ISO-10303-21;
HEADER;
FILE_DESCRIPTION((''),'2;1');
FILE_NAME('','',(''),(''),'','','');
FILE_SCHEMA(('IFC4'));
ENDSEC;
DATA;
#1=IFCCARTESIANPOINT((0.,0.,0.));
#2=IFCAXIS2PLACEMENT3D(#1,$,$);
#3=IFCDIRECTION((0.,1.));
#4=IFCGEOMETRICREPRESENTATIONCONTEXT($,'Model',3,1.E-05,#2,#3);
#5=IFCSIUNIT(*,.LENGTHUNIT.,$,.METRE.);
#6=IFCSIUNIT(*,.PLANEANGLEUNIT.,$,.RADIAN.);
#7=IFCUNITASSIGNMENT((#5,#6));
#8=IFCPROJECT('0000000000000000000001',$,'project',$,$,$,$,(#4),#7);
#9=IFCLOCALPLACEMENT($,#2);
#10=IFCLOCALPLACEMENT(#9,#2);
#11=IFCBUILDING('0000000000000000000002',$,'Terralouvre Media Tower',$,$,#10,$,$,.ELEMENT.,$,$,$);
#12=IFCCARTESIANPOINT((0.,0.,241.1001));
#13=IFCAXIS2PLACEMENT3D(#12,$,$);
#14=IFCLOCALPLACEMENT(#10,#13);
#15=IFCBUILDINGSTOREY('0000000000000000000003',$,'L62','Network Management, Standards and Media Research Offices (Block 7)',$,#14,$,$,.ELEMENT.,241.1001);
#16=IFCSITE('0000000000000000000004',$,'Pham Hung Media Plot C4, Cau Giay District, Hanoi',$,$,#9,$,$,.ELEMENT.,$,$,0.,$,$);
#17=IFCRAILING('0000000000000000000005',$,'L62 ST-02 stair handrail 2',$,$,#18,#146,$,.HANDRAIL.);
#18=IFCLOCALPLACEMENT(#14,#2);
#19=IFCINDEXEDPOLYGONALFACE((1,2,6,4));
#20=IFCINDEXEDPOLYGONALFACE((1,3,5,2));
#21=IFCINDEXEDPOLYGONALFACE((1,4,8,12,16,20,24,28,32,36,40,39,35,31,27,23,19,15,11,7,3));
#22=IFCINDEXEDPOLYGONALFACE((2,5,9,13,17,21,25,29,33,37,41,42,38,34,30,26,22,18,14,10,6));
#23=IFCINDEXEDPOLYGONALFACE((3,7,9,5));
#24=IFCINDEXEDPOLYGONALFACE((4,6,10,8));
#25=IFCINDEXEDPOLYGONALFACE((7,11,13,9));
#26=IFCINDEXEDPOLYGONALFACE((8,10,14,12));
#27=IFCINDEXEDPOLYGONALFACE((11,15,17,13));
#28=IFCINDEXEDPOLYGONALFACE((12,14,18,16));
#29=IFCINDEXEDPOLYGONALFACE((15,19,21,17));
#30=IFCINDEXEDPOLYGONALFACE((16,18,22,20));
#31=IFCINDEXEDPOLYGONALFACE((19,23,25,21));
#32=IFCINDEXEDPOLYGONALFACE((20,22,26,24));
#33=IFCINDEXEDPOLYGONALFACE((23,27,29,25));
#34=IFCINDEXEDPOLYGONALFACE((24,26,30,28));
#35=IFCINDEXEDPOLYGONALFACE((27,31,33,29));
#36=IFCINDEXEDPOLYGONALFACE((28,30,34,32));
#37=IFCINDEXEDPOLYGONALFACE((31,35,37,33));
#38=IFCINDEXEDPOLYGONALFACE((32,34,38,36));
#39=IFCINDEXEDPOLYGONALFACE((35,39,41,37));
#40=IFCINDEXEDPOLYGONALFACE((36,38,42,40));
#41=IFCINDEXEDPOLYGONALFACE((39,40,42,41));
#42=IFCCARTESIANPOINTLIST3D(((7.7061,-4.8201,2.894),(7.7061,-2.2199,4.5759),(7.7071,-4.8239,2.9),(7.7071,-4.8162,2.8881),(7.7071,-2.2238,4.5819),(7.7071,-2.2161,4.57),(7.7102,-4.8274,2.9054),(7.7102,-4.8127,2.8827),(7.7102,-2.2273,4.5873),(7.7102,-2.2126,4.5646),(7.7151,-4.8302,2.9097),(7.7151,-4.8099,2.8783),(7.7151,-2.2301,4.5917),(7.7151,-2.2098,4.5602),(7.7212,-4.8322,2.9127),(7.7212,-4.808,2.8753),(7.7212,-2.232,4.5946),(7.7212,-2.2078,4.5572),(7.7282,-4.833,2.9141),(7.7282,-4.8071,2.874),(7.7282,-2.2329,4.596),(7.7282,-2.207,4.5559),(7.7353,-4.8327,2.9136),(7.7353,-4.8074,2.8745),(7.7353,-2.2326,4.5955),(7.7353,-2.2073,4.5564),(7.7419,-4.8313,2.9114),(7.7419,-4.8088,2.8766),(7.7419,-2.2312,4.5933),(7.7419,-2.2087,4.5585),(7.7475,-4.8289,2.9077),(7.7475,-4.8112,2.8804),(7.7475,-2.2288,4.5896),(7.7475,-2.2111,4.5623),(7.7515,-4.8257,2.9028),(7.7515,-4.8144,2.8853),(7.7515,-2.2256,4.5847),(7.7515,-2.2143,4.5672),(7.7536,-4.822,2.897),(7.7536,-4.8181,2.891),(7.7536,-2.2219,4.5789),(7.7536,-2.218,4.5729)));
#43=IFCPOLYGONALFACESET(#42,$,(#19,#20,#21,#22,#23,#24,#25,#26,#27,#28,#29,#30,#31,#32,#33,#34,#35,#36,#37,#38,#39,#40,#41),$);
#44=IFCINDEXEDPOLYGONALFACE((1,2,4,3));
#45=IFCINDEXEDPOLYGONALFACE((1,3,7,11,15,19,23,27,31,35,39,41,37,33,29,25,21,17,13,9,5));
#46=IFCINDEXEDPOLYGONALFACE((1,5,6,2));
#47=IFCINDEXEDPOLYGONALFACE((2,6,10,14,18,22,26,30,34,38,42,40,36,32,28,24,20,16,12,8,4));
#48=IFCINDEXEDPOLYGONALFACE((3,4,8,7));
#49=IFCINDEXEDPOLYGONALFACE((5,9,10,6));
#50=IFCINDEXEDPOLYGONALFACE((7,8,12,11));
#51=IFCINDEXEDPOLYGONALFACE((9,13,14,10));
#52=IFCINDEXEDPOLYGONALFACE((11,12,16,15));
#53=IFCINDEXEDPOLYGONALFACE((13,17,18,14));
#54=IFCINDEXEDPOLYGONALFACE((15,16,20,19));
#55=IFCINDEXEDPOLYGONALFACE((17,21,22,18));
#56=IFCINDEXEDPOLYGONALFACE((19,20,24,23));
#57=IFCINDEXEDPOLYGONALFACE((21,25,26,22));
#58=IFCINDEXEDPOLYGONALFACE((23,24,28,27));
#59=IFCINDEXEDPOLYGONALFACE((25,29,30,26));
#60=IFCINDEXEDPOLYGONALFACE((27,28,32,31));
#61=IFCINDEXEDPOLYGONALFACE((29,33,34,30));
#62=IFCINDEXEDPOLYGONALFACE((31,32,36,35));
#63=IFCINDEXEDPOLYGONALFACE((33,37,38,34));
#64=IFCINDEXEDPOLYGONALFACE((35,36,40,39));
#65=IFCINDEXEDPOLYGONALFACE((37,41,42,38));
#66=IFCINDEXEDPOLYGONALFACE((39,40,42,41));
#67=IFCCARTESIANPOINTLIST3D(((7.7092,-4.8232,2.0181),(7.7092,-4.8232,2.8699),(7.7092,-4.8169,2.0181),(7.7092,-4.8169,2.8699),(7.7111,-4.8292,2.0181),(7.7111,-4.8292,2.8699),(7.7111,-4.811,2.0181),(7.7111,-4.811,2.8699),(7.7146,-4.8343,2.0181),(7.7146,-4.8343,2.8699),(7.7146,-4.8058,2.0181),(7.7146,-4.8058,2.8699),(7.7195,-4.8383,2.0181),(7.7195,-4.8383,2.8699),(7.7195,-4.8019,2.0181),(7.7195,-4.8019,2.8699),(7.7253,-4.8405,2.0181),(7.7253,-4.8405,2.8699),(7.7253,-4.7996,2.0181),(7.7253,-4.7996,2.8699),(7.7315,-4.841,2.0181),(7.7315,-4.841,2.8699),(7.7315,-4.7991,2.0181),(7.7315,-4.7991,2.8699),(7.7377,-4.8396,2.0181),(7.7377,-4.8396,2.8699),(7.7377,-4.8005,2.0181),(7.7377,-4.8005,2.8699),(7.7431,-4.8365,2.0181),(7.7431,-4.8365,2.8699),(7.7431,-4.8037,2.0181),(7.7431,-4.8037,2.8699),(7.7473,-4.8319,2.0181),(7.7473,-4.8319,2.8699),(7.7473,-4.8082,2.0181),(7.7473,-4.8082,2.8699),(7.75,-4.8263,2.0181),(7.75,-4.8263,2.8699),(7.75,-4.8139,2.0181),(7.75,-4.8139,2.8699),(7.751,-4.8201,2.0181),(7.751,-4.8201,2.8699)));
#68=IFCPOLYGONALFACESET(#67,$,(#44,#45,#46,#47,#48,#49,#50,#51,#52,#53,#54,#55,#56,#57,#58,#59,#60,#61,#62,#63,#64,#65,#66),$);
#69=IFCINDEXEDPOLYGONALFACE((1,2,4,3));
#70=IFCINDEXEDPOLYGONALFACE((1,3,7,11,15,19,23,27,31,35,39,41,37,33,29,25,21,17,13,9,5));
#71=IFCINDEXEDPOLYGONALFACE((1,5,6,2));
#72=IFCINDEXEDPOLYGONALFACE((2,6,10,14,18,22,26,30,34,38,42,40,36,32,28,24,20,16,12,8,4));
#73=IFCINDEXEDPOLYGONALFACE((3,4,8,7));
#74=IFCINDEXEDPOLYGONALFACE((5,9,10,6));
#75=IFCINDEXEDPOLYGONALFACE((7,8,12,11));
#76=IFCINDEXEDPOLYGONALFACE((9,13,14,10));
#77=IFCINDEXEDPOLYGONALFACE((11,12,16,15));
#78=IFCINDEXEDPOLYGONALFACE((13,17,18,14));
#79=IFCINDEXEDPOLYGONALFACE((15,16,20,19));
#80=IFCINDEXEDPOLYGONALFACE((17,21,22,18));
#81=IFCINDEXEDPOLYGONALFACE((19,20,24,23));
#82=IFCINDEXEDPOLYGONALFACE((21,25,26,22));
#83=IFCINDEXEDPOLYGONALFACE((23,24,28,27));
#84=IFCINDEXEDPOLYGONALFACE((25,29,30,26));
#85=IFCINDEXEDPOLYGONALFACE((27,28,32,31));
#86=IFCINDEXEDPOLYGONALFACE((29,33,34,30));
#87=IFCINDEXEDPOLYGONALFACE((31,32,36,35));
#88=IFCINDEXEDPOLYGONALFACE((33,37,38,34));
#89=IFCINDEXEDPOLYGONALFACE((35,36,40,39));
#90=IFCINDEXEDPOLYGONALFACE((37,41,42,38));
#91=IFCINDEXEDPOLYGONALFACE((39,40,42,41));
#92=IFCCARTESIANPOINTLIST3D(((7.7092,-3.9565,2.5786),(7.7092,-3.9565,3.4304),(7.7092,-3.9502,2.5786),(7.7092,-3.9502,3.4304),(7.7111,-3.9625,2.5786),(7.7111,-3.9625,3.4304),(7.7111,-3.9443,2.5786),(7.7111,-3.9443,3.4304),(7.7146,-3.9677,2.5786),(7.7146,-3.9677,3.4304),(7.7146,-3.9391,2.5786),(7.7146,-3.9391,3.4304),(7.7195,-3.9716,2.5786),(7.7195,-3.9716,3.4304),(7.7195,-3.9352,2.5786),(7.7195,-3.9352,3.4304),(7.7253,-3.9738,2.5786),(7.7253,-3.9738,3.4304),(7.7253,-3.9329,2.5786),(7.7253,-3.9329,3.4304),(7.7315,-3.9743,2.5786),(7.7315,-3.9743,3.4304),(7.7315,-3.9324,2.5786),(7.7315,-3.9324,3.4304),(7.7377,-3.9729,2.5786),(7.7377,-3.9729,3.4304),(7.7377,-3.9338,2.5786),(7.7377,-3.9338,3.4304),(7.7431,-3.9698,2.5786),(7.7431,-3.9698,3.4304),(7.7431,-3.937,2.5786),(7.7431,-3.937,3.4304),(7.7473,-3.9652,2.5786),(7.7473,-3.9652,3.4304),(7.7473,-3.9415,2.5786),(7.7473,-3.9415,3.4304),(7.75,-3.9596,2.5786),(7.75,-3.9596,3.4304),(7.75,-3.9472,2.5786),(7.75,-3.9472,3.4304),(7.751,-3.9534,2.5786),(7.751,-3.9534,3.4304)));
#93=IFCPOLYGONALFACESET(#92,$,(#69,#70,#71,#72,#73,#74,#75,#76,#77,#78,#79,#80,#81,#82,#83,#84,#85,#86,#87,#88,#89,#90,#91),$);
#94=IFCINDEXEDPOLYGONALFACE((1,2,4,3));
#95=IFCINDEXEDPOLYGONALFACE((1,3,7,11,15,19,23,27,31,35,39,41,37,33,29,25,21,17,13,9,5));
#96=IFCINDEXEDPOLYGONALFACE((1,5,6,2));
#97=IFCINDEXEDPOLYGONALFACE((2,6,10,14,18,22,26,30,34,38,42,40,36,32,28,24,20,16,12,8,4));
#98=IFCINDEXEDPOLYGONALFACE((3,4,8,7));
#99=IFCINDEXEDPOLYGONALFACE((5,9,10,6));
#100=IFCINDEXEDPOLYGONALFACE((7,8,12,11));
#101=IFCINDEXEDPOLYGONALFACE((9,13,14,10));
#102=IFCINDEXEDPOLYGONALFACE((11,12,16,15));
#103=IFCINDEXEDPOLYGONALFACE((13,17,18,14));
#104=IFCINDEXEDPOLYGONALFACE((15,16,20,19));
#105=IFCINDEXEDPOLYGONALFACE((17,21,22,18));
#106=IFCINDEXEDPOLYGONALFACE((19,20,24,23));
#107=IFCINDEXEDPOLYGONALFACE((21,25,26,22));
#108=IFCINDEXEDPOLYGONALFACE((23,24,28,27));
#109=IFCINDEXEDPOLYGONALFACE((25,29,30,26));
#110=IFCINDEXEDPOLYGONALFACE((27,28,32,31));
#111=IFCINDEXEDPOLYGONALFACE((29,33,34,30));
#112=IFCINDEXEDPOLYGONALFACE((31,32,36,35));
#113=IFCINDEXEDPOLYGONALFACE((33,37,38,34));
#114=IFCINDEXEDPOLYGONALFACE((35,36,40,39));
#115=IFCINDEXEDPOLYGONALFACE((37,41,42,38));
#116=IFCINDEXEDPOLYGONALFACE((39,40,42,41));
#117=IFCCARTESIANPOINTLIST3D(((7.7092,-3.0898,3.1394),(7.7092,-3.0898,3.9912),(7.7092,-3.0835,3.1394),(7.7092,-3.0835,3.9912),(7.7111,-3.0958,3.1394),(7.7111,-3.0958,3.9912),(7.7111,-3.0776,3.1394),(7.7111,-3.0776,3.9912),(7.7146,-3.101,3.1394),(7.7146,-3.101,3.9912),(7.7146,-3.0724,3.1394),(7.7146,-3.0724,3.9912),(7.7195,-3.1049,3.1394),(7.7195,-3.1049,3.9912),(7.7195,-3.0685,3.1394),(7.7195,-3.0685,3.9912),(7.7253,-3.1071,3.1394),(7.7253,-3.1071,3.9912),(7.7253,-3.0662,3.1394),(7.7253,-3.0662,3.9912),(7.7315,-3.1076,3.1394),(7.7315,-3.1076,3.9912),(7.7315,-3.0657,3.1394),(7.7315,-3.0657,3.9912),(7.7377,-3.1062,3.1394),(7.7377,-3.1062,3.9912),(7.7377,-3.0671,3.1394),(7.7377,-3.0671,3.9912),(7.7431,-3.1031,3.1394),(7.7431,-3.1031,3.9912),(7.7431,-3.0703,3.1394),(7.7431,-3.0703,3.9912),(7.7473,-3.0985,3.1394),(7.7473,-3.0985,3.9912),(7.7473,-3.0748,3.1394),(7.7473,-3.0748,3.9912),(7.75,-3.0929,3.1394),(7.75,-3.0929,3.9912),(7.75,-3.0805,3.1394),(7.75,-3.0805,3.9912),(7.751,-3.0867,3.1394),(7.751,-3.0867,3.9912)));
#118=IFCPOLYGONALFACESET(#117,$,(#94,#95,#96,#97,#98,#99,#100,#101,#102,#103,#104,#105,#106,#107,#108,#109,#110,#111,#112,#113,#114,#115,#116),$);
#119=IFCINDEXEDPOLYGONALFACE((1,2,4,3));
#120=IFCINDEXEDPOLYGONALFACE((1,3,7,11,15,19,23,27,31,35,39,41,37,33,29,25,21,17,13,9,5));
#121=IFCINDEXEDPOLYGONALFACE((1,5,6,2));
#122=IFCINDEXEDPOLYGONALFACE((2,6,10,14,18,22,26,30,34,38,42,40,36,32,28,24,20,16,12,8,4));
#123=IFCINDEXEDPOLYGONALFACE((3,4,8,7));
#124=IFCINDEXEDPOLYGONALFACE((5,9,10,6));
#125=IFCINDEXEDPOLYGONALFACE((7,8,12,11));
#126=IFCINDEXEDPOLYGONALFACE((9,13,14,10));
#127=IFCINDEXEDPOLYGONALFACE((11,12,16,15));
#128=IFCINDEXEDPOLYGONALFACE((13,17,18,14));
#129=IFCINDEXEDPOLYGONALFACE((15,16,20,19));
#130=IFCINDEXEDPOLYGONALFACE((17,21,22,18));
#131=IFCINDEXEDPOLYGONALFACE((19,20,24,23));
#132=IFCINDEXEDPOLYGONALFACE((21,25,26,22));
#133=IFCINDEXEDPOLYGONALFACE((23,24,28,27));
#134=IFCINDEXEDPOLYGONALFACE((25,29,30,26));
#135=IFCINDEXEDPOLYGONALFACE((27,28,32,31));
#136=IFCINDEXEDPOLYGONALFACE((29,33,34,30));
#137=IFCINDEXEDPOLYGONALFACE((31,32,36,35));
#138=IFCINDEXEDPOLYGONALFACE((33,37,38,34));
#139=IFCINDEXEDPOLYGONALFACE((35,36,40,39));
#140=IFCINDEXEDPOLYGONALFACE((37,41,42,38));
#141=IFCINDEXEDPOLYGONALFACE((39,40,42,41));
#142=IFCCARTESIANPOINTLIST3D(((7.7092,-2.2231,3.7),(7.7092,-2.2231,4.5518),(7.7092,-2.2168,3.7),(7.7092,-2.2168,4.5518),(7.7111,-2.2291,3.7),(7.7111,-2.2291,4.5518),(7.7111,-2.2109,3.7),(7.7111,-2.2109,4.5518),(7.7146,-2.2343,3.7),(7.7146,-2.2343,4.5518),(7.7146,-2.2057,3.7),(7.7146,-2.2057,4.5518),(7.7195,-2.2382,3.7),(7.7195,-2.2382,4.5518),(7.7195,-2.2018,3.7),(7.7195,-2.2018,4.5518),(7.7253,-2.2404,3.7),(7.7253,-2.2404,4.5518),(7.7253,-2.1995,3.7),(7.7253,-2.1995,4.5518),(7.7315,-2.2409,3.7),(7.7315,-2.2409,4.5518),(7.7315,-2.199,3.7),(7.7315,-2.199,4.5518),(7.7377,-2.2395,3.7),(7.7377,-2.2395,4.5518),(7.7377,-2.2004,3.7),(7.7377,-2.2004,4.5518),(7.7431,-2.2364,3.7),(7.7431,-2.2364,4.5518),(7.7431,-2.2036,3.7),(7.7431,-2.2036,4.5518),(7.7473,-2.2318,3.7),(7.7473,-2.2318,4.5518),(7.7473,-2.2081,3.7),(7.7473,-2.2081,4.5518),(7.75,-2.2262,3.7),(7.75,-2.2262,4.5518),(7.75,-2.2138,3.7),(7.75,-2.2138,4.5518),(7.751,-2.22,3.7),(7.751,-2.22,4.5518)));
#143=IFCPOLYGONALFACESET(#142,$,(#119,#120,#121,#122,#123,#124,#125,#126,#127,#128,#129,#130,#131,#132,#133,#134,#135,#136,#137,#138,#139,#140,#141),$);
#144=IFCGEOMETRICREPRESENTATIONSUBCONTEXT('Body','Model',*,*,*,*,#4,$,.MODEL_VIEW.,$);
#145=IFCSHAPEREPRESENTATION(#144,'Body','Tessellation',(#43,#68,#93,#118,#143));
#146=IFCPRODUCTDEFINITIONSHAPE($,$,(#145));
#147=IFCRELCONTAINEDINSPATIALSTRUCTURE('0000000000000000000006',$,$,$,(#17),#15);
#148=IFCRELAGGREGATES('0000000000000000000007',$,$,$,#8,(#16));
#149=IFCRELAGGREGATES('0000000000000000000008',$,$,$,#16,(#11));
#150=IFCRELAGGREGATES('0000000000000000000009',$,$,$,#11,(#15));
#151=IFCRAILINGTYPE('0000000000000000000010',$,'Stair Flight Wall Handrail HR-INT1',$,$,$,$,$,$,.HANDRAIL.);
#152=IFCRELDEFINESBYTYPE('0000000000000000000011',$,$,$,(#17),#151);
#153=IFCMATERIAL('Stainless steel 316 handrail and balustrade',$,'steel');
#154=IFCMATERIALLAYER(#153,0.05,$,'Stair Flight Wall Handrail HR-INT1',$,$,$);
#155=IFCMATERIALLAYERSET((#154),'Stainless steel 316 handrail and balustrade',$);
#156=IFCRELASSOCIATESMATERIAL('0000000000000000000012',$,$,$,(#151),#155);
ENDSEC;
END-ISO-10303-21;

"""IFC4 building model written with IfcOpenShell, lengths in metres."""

from ifc_helpers import new_model, si_unit, direction, frame, origin, origin_2d, place, context, subcontext, project, spatial, circle, extrude, material, layer, layer_set, type_object, element, save


model = new_model("IFC4")

# Units and contexts
model_context = context("Model", 3, precision=1e-05, world=origin(), true_north=direction((0.0, 1.0)))
body_context = subcontext(model_context, "Body", "Model", "MODEL_VIEW")
ifc_project = project(units=[si_unit("LENGTHUNIT", "METRE"), si_unit("PLANEANGLEUNIT", "RADIAN")], contexts=[model_context])

# Site, building, storey
site_placement = place(None, origin())
site = spatial("IfcSite", under=ifc_project, at=site_placement, Name="Pham Hung Media Plot C4, Cau Giay District, Hanoi", CompositionType="ELEMENT", RefElevation=0.0)
building_placement = place(site_placement, origin())
building = spatial("IfcBuilding", under=site, at=building_placement, Name="Terralouvre Media Tower", CompositionType="ELEMENT")
storey_placement = place(building_placement, frame((0.0, 0.0, 241.1001)))
storey = spatial("IfcBuildingStorey", under=building, at=storey_placement, Name="L62", Description="Network Management, Standards and Media Research Offices (Block 7)", CompositionType="ELEMENT", Elevation=241.1001)

# Railing
ifc_material_1 = material(Name="Stainless steel 316 handrail and balustrade", Category="steel")
ifc_layer_1 = layer(ifc_material_1, 0.05, Name="Stair Flight Wall Handrail HR-INT1")
ifc_layer_set_1 = layer_set([ifc_layer_1], Name="Stainless steel 316 handrail and balustrade")
railing_type_1 = type_object("IfcRailingType", Name="Stair Flight Wall Handrail HR-INT1", PredefinedType="HANDRAIL", material=ifc_layer_set_1)
railing_1_placement = place(storey_placement, frame((7.73, -4.8201, 2.0181)))
element("IfcRailing", 1, at=railing_1_placement, inside=storey, type_object=railing_type_1, Name="L62 ST-02 stair handrail 2", PredefinedType="HANDRAIL", context=body_context, shape_type="SweptSolid", body=[
    extrude(circle(Radius=0.0239, at=origin_2d()), frame((0.0, 0.0, 0.876), z_axis=(0.0, 0.839648, 0.54313), x_axis=(-1.0, 0.0, 0.0)), (0.0, 0.0, 1.0), 3.0967),
    extrude(circle(Radius=0.021, at=origin_2d()), origin(), (0.0, 0.0, 1.0), 0.8518),
    extrude(circle(Radius=0.021, at=origin_2d()), frame((0.0, 0.8667, 0.5605)), (0.0, 0.0, 1.0), 0.8518),
    extrude(circle(Radius=0.021, at=origin_2d()), frame((0.0, 1.7334, 1.1213)), (0.0, 0.0, 1.0), 0.8518),
    extrude(circle(Radius=0.021, at=origin_2d()), frame((0.0, 2.6001, 1.6819)), (0.0, 0.0, 1.0), 0.8518),
])

save(model, "model.ifc")
